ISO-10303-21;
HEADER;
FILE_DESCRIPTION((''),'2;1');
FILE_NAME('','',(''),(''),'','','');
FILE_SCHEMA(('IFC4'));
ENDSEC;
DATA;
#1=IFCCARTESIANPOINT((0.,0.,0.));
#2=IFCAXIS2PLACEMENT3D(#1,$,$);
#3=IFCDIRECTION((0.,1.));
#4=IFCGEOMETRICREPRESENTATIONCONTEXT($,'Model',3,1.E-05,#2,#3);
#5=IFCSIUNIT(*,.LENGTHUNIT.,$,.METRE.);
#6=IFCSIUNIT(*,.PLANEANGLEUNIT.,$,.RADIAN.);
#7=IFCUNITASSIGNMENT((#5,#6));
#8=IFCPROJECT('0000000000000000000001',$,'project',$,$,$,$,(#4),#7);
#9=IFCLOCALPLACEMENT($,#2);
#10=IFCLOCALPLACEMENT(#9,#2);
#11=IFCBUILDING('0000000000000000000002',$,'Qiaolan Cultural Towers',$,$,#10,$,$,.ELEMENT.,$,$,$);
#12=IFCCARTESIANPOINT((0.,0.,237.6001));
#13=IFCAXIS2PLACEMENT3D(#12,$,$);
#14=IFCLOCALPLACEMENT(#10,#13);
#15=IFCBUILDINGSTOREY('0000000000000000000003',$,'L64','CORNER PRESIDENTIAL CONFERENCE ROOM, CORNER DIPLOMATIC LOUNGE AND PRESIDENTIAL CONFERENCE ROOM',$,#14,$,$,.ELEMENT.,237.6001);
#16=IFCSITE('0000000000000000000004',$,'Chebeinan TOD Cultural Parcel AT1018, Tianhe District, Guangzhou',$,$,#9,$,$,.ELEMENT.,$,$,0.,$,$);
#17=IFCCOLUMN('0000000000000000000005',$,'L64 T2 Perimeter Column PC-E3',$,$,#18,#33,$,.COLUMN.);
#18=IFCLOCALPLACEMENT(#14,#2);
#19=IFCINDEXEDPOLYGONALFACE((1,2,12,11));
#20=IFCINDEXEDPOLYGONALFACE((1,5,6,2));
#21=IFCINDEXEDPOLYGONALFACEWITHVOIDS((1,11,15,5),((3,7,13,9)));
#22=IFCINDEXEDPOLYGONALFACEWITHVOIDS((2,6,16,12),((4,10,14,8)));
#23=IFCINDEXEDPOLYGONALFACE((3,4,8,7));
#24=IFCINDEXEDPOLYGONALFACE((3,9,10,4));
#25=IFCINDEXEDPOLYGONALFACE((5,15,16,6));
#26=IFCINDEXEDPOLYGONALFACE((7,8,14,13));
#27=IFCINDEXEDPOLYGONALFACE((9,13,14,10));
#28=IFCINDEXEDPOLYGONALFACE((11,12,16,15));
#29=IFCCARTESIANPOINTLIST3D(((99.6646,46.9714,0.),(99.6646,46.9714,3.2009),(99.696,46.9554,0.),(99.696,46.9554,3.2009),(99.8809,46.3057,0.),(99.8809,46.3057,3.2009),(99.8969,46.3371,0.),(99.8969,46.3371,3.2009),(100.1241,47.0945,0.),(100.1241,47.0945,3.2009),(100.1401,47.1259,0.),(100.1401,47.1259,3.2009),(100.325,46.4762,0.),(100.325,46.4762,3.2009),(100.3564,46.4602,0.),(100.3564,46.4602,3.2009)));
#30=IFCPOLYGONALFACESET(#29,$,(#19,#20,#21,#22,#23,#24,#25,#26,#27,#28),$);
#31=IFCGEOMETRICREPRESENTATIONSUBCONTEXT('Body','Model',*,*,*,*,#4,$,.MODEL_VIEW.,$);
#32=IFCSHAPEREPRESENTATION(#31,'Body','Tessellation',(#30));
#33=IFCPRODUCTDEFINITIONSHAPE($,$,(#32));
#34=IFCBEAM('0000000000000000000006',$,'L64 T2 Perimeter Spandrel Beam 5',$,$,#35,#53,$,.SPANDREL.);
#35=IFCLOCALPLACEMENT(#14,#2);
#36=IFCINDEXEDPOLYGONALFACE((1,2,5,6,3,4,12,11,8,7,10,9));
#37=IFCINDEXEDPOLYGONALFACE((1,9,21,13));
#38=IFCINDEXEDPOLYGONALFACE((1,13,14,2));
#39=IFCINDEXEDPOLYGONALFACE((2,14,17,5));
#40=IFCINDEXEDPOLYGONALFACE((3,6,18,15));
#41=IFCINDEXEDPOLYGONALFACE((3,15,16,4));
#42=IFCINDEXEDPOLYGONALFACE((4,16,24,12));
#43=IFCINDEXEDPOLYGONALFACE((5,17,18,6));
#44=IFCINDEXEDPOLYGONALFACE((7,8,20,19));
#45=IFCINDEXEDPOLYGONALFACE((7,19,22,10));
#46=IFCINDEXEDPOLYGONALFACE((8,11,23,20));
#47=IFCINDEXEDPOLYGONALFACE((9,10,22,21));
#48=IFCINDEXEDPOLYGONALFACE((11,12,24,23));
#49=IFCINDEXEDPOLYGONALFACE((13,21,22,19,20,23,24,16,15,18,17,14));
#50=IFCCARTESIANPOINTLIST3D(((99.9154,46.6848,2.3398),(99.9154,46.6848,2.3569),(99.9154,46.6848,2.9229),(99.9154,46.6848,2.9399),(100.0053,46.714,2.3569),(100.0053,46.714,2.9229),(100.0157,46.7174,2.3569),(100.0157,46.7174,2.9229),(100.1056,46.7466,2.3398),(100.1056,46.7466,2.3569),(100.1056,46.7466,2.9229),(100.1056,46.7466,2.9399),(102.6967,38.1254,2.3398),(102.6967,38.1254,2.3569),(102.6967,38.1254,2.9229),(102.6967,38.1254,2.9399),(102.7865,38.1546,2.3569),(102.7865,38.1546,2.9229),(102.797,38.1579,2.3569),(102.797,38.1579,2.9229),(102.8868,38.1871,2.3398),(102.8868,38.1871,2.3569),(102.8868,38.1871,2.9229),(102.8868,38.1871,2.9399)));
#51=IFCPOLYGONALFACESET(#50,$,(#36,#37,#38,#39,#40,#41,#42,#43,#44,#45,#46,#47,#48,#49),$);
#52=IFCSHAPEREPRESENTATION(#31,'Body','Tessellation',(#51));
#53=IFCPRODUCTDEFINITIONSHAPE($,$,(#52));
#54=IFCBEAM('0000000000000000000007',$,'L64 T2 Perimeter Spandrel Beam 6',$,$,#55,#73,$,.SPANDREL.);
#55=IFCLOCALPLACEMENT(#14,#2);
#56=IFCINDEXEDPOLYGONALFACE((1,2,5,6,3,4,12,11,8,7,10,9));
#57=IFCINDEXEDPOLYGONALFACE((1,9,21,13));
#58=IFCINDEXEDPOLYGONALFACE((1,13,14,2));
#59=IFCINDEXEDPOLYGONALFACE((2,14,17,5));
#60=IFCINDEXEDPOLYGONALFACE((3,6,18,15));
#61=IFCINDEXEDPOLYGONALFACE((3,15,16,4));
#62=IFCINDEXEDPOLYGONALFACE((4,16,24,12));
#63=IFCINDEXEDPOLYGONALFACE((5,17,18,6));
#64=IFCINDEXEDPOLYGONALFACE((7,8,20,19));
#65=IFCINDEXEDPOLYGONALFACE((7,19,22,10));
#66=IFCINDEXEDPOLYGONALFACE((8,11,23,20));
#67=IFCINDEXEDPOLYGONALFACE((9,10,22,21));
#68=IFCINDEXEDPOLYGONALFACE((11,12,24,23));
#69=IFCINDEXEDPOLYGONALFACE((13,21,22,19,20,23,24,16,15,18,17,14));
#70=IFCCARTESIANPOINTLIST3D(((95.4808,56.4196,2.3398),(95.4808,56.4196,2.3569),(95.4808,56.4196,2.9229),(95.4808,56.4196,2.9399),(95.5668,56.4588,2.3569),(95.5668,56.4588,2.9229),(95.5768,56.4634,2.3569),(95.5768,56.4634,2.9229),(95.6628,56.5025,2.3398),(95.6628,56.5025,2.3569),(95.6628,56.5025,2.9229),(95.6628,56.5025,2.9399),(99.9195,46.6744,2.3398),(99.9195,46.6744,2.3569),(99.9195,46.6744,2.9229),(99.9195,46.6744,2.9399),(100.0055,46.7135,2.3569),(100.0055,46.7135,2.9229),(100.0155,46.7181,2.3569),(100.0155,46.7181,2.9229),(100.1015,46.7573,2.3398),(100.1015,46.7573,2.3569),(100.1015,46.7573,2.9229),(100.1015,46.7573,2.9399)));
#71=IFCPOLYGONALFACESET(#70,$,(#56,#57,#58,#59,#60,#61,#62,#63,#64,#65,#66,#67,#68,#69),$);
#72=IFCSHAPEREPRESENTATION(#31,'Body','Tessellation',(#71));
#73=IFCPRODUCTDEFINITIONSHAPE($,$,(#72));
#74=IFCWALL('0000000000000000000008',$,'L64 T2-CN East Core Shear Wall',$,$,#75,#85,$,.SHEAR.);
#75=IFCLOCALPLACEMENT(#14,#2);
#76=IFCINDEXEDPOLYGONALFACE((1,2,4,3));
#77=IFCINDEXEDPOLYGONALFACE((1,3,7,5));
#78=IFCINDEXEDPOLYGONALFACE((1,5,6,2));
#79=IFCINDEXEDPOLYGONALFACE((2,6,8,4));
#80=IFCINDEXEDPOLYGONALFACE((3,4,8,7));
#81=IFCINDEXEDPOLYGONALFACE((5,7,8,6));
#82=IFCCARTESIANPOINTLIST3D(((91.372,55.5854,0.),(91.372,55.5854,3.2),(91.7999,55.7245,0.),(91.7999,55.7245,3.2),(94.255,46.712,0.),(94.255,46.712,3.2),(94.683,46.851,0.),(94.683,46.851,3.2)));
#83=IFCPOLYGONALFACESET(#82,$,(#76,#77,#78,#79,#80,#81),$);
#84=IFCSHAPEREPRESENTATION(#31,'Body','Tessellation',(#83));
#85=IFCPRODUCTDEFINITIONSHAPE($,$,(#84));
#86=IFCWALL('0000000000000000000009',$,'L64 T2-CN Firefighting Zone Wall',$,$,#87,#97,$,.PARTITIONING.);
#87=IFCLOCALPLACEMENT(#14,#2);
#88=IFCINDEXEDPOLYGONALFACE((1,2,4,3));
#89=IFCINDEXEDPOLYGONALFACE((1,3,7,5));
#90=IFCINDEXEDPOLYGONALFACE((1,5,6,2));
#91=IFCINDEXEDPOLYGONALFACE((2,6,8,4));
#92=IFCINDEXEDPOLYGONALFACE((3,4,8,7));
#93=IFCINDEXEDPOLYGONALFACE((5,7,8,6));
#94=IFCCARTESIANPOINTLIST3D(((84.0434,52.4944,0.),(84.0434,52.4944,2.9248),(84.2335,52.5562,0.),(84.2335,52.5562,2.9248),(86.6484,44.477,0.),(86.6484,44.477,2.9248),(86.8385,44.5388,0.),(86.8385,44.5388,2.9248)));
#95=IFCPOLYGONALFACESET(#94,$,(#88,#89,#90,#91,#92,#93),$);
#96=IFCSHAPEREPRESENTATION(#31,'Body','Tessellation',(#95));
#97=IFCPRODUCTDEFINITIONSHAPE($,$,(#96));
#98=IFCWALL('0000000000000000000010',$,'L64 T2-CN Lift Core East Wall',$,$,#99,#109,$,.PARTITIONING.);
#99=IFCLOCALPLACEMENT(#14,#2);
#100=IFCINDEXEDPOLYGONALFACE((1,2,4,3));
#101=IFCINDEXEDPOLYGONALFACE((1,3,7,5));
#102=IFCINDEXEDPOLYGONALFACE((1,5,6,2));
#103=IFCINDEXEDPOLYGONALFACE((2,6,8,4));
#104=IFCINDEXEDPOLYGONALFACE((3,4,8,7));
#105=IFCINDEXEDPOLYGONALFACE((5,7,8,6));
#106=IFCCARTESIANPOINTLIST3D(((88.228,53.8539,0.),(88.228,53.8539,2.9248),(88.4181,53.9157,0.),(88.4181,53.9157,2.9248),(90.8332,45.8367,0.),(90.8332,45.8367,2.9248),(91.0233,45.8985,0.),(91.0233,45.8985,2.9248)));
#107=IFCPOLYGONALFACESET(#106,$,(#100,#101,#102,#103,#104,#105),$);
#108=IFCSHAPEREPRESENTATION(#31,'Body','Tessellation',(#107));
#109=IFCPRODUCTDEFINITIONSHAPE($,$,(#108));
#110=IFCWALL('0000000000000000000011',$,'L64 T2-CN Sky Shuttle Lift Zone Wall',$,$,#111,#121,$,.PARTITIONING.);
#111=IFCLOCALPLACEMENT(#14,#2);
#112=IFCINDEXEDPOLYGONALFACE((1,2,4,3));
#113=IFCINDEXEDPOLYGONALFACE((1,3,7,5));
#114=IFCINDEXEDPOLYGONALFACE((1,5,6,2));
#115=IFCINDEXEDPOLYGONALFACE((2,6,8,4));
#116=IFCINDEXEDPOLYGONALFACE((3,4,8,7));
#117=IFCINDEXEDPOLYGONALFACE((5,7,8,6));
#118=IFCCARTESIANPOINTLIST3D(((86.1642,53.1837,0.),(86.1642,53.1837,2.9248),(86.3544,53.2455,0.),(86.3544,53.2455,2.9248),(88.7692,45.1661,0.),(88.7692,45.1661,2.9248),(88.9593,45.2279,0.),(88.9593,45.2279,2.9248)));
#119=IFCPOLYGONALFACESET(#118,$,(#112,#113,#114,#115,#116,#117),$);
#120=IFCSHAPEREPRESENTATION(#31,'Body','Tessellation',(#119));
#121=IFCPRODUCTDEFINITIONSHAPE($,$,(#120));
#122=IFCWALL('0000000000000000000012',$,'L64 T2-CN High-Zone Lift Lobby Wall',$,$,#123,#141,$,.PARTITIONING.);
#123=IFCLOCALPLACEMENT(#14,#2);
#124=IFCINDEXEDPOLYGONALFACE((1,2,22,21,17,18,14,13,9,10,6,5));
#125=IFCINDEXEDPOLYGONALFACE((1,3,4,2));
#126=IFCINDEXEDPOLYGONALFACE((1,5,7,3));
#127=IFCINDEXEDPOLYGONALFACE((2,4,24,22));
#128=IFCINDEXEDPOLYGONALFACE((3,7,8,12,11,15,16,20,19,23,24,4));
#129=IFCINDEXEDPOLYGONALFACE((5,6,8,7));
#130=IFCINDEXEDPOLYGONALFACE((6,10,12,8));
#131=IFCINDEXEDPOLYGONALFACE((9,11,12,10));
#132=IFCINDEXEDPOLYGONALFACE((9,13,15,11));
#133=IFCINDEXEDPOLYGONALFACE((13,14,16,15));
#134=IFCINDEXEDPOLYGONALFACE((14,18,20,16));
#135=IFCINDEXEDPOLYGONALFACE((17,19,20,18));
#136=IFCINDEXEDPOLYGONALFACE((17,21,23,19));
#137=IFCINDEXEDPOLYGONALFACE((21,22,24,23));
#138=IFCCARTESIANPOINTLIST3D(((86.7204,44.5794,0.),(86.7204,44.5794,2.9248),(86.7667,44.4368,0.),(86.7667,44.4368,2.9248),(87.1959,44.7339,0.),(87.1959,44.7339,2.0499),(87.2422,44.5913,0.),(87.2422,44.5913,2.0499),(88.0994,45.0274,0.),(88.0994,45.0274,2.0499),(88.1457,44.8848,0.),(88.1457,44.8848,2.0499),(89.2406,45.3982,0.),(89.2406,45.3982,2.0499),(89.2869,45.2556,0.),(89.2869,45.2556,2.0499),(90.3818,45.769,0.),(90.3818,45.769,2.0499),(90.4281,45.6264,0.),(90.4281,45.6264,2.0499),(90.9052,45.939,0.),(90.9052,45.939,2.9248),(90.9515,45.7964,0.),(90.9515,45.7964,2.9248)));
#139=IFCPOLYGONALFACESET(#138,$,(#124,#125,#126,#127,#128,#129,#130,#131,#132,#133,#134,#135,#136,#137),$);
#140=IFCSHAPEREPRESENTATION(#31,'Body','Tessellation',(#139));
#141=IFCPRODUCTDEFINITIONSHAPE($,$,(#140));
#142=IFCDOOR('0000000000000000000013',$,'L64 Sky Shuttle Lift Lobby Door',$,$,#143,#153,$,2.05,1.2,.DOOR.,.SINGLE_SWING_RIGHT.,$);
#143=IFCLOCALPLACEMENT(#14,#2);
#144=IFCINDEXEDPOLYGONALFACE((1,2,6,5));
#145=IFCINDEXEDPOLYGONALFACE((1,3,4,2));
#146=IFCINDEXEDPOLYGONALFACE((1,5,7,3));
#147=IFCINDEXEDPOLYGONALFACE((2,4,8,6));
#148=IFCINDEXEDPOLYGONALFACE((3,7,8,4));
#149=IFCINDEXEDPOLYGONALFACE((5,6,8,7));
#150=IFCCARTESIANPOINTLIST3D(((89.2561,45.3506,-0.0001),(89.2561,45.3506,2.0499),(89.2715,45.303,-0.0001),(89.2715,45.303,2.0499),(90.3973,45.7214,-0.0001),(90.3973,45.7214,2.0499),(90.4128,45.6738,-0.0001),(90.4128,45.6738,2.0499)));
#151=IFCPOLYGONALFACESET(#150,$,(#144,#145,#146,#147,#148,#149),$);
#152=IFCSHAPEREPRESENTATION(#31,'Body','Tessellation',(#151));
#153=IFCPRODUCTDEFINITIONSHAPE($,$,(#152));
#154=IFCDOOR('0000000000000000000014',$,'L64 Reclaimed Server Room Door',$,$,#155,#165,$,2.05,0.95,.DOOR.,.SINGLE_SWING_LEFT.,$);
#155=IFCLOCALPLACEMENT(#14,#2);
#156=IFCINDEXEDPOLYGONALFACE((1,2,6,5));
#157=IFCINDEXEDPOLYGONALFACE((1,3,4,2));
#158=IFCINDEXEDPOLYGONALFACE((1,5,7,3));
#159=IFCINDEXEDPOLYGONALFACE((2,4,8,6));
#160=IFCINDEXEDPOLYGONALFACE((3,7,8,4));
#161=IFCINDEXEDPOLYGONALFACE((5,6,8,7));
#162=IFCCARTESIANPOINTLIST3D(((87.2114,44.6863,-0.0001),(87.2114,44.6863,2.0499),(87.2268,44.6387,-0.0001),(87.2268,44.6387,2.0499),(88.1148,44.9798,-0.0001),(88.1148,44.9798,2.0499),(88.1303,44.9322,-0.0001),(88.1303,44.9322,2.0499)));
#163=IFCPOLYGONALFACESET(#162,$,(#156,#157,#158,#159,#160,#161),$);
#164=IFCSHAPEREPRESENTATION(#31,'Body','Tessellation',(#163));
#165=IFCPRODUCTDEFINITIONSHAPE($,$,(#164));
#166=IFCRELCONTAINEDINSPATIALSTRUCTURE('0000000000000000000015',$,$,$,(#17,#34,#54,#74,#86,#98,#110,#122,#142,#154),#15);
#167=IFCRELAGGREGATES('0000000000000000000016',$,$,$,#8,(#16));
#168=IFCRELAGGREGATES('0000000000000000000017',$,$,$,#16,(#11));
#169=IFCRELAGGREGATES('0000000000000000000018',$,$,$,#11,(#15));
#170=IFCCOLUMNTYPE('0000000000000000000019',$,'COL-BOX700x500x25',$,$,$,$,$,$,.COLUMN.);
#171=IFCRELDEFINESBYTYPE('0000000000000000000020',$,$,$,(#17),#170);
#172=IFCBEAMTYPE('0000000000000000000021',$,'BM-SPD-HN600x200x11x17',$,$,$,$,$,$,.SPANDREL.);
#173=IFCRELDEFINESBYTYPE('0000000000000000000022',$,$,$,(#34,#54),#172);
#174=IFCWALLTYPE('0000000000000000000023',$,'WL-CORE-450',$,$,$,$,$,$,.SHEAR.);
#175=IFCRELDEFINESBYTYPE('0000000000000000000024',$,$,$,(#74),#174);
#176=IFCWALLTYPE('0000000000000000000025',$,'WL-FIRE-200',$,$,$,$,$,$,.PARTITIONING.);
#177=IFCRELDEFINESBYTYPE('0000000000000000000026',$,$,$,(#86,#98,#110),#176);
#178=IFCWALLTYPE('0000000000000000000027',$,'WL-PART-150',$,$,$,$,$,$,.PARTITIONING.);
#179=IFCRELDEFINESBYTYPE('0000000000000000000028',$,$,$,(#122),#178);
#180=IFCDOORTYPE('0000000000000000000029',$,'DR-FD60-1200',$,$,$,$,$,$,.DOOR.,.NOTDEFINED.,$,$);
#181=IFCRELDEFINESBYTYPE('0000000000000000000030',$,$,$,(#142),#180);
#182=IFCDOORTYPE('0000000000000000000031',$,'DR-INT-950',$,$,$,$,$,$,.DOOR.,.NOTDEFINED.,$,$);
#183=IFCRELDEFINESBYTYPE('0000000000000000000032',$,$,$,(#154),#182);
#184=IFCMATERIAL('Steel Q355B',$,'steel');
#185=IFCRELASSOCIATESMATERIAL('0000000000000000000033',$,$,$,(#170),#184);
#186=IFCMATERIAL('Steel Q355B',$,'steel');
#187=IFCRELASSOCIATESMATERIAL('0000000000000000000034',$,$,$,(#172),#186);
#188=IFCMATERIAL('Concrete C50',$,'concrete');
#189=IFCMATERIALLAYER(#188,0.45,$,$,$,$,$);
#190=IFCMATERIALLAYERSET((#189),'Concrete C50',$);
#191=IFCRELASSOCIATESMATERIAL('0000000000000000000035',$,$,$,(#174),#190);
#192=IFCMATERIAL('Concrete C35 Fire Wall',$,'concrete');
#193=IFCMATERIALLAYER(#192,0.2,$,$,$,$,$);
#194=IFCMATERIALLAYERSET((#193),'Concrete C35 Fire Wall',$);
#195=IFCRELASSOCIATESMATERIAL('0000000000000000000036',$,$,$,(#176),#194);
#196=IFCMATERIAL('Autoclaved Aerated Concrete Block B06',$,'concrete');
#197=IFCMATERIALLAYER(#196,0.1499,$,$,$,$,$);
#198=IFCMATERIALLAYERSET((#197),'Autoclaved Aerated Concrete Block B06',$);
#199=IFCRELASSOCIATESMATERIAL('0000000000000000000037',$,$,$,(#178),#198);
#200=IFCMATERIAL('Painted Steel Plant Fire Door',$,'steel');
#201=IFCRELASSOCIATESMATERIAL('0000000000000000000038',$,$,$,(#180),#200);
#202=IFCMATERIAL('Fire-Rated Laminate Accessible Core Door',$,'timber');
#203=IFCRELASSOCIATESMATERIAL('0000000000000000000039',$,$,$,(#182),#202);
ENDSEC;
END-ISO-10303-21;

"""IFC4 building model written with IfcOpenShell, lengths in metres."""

from ifc_helpers import new_model, si_unit, direction, frame, frame_2d, origin, origin_2d, place, context, subcontext, project, spatial, rectangle, hollow_rectangle, i_section, extrude, material, layer, layer_set, material_profile, profile_set, type_object, element, fill, save


model = new_model("IFC4")

# Units and contexts
model_context = context("Model", 3, precision=1e-05, world=origin(), true_north=direction((0.0, 1.0)))
body_context = subcontext(model_context, "Body", "Model", "MODEL_VIEW")
ifc_project = project(units=[si_unit("LENGTHUNIT", "METRE"), si_unit("PLANEANGLEUNIT", "RADIAN")], contexts=[model_context])

# Site, building, storey
site_placement = place(None, origin())
site = spatial("IfcSite", under=ifc_project, at=site_placement, Name="Chebeinan TOD Cultural Parcel AT1018, Tianhe District, Guangzhou", CompositionType="ELEMENT", RefElevation=0.0)
building_placement = place(site_placement, origin())
building = spatial("IfcBuilding", under=site, at=building_placement, Name="Qiaolan Cultural Towers", CompositionType="ELEMENT")
storey_placement = place(building_placement, frame((0.0, 0.0, 237.6001)))
storey = spatial("IfcBuildingStorey", under=building, at=storey_placement, Name="L64", Description="CORNER PRESIDENTIAL CONFERENCE ROOM, CORNER DIPLOMATIC LOUNGE AND PRESIDENTIAL CONFERENCE ROOM", CompositionType="ELEMENT", Elevation=237.6001)

# Column
ifc_material_1 = material(Name="Steel Q355B", Category="steel")
ifc_material_profile_1 = material_profile(ifc_material_1, hollow_rectangle(XDim=0.5, YDim=0.7, WallThickness=0.0249, at=origin_2d()), Name="BOX700x500x25")
ifc_profile_set_1 = profile_set([ifc_material_profile_1], Name="Steel Q355B")
column_type = type_object("IfcColumnType", Name="COL-BOX700x500x25", PredefinedType="COLUMN", material=ifc_profile_set_1)
column_placement = place(storey_placement, frame((100.0105, 46.7158, 0.0), z_axis=(0.0, 0.0, 1.0), x_axis=(0.951057, 0.309017, 0.0)))
element("IfcColumn", 1, at=column_placement, inside=storey, type_object=column_type, Name="L64 T2 Perimeter Column PC-E3", PredefinedType="COLUMN", context=body_context, shape_type="SweptSolid", body=[
    extrude(hollow_rectangle(XDim=0.5, YDim=0.7, WallThickness=0.0249, at=origin_2d()), origin(), (0.0, 0.0, 1.0), 3.2009),
])

# Beams
ifc_material_2 = material(Name="Steel Q355B", Category="steel")
ifc_material_profile_2 = material_profile(ifc_material_2, i_section(OverallWidth=0.2, OverallDepth=0.6001, WebThickness=0.011, FlangeThickness=0.0171, at=origin_2d()), Name="HN600x200x11x17")
ifc_profile_set_2 = profile_set([ifc_material_profile_2], Name="Steel Q355B")
beam_type = type_object("IfcBeamType", Name="BM-SPD-HN600x200x11x17", PredefinedType="SPANDREL", material=ifc_profile_set_2)
beam_1_placement = place(storey_placement, frame((102.7917, 38.1562, 2.6399), z_axis=(-0.309025, 0.951054, 0.0), x_axis=(-0.951054, -0.309025, 0.0)))
element("IfcBeam", 2, at=beam_1_placement, inside=storey, type_object=beam_type, Name="L64 T2 Perimeter Spandrel Beam 5", PredefinedType="SPANDREL", context=body_context, shape_type="SweptSolid", body=[
    extrude(i_section(OverallWidth=0.2, OverallDepth=0.6001, WebThickness=0.011, FlangeThickness=0.0171, at=origin_2d()), origin(), (0.0, 0.0, 1.0), 9.0),
])
beam_2_placement = place(storey_placement, frame((100.0105, 46.7158, 2.6399), z_axis=(-0.4145, 0.910049, 0.0), x_axis=(-0.910049, -0.4145, 0.0)))
element("IfcBeam", 3, at=beam_2_placement, inside=storey, type_object=beam_type, Name="L64 T2 Perimeter Spandrel Beam 6", PredefinedType="SPANDREL", context=body_context, shape_type="SweptSolid", body=[
    extrude(i_section(OverallWidth=0.2, OverallDepth=0.6001, WebThickness=0.011, FlangeThickness=0.0171, at=origin_2d()), origin(), (0.0, 0.0, 1.0), 10.7085),
])

# Walls
ifc_material_3 = material(Name="Concrete C50", Category="concrete")
ifc_layer_1 = layer(ifc_material_3, 0.45)
ifc_layer_set_1 = layer_set([ifc_layer_1], Name="Concrete C50")
wall_type_1 = type_object("IfcWallType", Name="WL-CORE-450", PredefinedType="SHEAR", material=ifc_layer_set_1)
wall_1_placement = place(storey_placement, frame((94.469, 46.7815, 0.0), z_axis=(0.0, 0.0, 1.0), x_axis=(-0.309004, 0.951061, 0.0)))
element("IfcWall", 4, at=wall_1_placement, inside=storey, type_object=wall_type_1, Name="L64 T2-CN East Core Shear Wall", PredefinedType="SHEAR", context=body_context, shape_type="SweptSolid", body=[
    extrude(rectangle(XDim=9.3301, YDim=0.45, at=frame_2d((4.665, 0.0))), origin(), (0.0, 0.0, 1.0), 3.2),
])
ifc_material_4 = material(Name="Concrete C35 Fire Wall", Category="concrete")
ifc_layer_2 = layer(ifc_material_4, 0.2)
ifc_layer_set_2 = layer_set([ifc_layer_2], Name="Concrete C35 Fire Wall")
wall_type_2 = type_object("IfcWallType", Name="WL-FIRE-200", PredefinedType="PARTITIONING", material=ifc_layer_set_2)
for number, where, z_axis, x_axis, name in (
    (5, (86.7434, 44.5081, 0.0), (0.0, 0.0, 1.0), (-0.309016, 0.951057, 0.0), "L64 T2-CN Firefighting Zone Wall"),
    (6, (90.9282, 45.8677, 0.0), (0.0, 0.0, 1.0), (-0.309042, 0.951048, 0.0), "L64 T2-CN Lift Core East Wall"),
):
    element("IfcWall", number, at=place(storey_placement, frame(where, z_axis=z_axis, x_axis=x_axis)), inside=storey, type_object=wall_type_2, Name=name, PredefinedType="PARTITIONING", context=body_context, shape_type="SweptSolid", body=[
        extrude(rectangle(XDim=8.4299, YDim=0.2, at=frame_2d((4.2148, 0.0))), origin(), (0.0, 0.0, 1.0), 2.9248),
    ])
wall_2_placement = place(storey_placement, frame((88.8643, 45.197, 0.0), z_axis=(0.0, 0.0, 1.0), x_axis=(-0.309007, 0.95106, 0.0)))
element("IfcWall", 7, at=wall_2_placement, inside=storey, type_object=wall_type_2, Name="L64 T2-CN Sky Shuttle Lift Zone Wall", PredefinedType="PARTITIONING", context=body_context, shape_type="SweptSolid", body=[
    extrude(rectangle(XDim=8.4302, YDim=0.2, at=frame_2d((4.2151, 0.0))), origin(), (0.0, 0.0, 1.0), 2.9248),
])

# Wall, openings, doors
ifc_material_5 = material(Name="Autoclaved Aerated Concrete Block B06", Category="concrete")
ifc_layer_3 = layer(ifc_material_5, 0.1499)
ifc_layer_set_3 = layer_set([ifc_layer_3], Name="Autoclaved Aerated Concrete Block B06")
wall_type_3 = type_object("IfcWallType", Name="WL-PART-150", PredefinedType="PARTITIONING", material=ifc_layer_set_3)
wall_3_placement = place(storey_placement, frame((86.7434, 44.5081, 0.0), z_axis=(0.0, 0.0, 1.0), x_axis=(0.951064, 0.308994, 0.0)))
wall_3 = element("IfcWall", 8, at=wall_3_placement, inside=storey, type_object=wall_type_3, Name="L64 T2-CN High-Zone Lift Lobby Wall", PredefinedType="PARTITIONING", context=body_context, shape_type="SweptSolid", body=[
    extrude(rectangle(XDim=4.4001, YDim=0.1499, at=frame_2d((2.2002, 0.0))), origin(), (0.0, 0.0, 1.0), 2.9248),
])
opening_1_placement = place(wall_3_placement, frame((0.5, 0.0, 0.0)))
opening_1 = element("IfcOpeningElement", 9, at=opening_1_placement, cuts=wall_3, PredefinedType="OPENING", context=body_context, shape_type="SweptSolid", body=[
    extrude(rectangle(XDim=0.95, YDim=2.05, at=frame_2d((0.4751, 1.0249))), frame((0.0, 0.085, 0.0), z_axis=(0.0, -1.0, 0.0), x_axis=(1.0, 0.0, 0.0)), (0.0, 0.0, 1.0), 0.1699),
])
opening_2_placement = place(wall_3_placement, frame((2.6499, 0.0, 0.0)))
opening_2 = element("IfcOpeningElement", 10, at=opening_2_placement, cuts=wall_3, PredefinedType="OPENING", context=body_context, shape_type="SweptSolid", body=[
    extrude(rectangle(XDim=1.2, YDim=2.05, at=frame_2d((0.6001, 1.0249))), frame((0.0, 0.085, 0.0), z_axis=(0.0, -1.0, 0.0), x_axis=(1.0, 0.0, 0.0)), (0.0, 0.0, 1.0), 0.1699),
])
ifc_material_6 = material(Name="Painted Steel Plant Fire Door", Category="steel")
door_type_1 = type_object("IfcDoorType", Name="DR-FD60-1200", OperationType="NOTDEFINED", PredefinedType="DOOR", material=ifc_material_6)
door_1_placement = place(opening_2_placement, origin())
door_1 = element("IfcDoor", 11, at=door_1_placement, inside=storey, type_object=door_type_1, Name="L64 Sky Shuttle Lift Lobby Door", OperationType="SINGLE_SWING_RIGHT", OverallHeight=2.05, OverallWidth=1.2, PredefinedType="DOOR", context=body_context, shape_type="SweptSolid", body=[
    extrude(rectangle(XDim=1.2, YDim=2.05, at=frame_2d((0.6001, 1.0249))), frame((0.0, 0.0249, 0.0), z_axis=(0.0, -1.0, 0.0), x_axis=(1.0, 0.0, 0.0)), (0.0, 0.0, 1.0), 0.05),
])
fill(opening_2, door_1)
ifc_material_7 = material(Name="Fire-Rated Laminate Accessible Core Door", Category="timber")
door_type_2 = type_object("IfcDoorType", Name="DR-INT-950", OperationType="NOTDEFINED", PredefinedType="DOOR", material=ifc_material_7)
door_2_placement = place(opening_1_placement, origin())
door_2 = element("IfcDoor", 12, at=door_2_placement, inside=storey, type_object=door_type_2, Name="L64 Reclaimed Server Room Door", OperationType="SINGLE_SWING_LEFT", OverallHeight=2.05, OverallWidth=0.95, PredefinedType="DOOR", context=body_context, shape_type="SweptSolid", body=[
    extrude(rectangle(XDim=0.95, YDim=2.05, at=frame_2d((0.4751, 1.0249))), frame((0.0, 0.0249, 0.0), z_axis=(0.0, -1.0, 0.0), x_axis=(1.0, 0.0, 0.0)), (0.0, 0.0, 1.0), 0.05),
])
fill(opening_1, door_2)

save(model, "model.ifc")
